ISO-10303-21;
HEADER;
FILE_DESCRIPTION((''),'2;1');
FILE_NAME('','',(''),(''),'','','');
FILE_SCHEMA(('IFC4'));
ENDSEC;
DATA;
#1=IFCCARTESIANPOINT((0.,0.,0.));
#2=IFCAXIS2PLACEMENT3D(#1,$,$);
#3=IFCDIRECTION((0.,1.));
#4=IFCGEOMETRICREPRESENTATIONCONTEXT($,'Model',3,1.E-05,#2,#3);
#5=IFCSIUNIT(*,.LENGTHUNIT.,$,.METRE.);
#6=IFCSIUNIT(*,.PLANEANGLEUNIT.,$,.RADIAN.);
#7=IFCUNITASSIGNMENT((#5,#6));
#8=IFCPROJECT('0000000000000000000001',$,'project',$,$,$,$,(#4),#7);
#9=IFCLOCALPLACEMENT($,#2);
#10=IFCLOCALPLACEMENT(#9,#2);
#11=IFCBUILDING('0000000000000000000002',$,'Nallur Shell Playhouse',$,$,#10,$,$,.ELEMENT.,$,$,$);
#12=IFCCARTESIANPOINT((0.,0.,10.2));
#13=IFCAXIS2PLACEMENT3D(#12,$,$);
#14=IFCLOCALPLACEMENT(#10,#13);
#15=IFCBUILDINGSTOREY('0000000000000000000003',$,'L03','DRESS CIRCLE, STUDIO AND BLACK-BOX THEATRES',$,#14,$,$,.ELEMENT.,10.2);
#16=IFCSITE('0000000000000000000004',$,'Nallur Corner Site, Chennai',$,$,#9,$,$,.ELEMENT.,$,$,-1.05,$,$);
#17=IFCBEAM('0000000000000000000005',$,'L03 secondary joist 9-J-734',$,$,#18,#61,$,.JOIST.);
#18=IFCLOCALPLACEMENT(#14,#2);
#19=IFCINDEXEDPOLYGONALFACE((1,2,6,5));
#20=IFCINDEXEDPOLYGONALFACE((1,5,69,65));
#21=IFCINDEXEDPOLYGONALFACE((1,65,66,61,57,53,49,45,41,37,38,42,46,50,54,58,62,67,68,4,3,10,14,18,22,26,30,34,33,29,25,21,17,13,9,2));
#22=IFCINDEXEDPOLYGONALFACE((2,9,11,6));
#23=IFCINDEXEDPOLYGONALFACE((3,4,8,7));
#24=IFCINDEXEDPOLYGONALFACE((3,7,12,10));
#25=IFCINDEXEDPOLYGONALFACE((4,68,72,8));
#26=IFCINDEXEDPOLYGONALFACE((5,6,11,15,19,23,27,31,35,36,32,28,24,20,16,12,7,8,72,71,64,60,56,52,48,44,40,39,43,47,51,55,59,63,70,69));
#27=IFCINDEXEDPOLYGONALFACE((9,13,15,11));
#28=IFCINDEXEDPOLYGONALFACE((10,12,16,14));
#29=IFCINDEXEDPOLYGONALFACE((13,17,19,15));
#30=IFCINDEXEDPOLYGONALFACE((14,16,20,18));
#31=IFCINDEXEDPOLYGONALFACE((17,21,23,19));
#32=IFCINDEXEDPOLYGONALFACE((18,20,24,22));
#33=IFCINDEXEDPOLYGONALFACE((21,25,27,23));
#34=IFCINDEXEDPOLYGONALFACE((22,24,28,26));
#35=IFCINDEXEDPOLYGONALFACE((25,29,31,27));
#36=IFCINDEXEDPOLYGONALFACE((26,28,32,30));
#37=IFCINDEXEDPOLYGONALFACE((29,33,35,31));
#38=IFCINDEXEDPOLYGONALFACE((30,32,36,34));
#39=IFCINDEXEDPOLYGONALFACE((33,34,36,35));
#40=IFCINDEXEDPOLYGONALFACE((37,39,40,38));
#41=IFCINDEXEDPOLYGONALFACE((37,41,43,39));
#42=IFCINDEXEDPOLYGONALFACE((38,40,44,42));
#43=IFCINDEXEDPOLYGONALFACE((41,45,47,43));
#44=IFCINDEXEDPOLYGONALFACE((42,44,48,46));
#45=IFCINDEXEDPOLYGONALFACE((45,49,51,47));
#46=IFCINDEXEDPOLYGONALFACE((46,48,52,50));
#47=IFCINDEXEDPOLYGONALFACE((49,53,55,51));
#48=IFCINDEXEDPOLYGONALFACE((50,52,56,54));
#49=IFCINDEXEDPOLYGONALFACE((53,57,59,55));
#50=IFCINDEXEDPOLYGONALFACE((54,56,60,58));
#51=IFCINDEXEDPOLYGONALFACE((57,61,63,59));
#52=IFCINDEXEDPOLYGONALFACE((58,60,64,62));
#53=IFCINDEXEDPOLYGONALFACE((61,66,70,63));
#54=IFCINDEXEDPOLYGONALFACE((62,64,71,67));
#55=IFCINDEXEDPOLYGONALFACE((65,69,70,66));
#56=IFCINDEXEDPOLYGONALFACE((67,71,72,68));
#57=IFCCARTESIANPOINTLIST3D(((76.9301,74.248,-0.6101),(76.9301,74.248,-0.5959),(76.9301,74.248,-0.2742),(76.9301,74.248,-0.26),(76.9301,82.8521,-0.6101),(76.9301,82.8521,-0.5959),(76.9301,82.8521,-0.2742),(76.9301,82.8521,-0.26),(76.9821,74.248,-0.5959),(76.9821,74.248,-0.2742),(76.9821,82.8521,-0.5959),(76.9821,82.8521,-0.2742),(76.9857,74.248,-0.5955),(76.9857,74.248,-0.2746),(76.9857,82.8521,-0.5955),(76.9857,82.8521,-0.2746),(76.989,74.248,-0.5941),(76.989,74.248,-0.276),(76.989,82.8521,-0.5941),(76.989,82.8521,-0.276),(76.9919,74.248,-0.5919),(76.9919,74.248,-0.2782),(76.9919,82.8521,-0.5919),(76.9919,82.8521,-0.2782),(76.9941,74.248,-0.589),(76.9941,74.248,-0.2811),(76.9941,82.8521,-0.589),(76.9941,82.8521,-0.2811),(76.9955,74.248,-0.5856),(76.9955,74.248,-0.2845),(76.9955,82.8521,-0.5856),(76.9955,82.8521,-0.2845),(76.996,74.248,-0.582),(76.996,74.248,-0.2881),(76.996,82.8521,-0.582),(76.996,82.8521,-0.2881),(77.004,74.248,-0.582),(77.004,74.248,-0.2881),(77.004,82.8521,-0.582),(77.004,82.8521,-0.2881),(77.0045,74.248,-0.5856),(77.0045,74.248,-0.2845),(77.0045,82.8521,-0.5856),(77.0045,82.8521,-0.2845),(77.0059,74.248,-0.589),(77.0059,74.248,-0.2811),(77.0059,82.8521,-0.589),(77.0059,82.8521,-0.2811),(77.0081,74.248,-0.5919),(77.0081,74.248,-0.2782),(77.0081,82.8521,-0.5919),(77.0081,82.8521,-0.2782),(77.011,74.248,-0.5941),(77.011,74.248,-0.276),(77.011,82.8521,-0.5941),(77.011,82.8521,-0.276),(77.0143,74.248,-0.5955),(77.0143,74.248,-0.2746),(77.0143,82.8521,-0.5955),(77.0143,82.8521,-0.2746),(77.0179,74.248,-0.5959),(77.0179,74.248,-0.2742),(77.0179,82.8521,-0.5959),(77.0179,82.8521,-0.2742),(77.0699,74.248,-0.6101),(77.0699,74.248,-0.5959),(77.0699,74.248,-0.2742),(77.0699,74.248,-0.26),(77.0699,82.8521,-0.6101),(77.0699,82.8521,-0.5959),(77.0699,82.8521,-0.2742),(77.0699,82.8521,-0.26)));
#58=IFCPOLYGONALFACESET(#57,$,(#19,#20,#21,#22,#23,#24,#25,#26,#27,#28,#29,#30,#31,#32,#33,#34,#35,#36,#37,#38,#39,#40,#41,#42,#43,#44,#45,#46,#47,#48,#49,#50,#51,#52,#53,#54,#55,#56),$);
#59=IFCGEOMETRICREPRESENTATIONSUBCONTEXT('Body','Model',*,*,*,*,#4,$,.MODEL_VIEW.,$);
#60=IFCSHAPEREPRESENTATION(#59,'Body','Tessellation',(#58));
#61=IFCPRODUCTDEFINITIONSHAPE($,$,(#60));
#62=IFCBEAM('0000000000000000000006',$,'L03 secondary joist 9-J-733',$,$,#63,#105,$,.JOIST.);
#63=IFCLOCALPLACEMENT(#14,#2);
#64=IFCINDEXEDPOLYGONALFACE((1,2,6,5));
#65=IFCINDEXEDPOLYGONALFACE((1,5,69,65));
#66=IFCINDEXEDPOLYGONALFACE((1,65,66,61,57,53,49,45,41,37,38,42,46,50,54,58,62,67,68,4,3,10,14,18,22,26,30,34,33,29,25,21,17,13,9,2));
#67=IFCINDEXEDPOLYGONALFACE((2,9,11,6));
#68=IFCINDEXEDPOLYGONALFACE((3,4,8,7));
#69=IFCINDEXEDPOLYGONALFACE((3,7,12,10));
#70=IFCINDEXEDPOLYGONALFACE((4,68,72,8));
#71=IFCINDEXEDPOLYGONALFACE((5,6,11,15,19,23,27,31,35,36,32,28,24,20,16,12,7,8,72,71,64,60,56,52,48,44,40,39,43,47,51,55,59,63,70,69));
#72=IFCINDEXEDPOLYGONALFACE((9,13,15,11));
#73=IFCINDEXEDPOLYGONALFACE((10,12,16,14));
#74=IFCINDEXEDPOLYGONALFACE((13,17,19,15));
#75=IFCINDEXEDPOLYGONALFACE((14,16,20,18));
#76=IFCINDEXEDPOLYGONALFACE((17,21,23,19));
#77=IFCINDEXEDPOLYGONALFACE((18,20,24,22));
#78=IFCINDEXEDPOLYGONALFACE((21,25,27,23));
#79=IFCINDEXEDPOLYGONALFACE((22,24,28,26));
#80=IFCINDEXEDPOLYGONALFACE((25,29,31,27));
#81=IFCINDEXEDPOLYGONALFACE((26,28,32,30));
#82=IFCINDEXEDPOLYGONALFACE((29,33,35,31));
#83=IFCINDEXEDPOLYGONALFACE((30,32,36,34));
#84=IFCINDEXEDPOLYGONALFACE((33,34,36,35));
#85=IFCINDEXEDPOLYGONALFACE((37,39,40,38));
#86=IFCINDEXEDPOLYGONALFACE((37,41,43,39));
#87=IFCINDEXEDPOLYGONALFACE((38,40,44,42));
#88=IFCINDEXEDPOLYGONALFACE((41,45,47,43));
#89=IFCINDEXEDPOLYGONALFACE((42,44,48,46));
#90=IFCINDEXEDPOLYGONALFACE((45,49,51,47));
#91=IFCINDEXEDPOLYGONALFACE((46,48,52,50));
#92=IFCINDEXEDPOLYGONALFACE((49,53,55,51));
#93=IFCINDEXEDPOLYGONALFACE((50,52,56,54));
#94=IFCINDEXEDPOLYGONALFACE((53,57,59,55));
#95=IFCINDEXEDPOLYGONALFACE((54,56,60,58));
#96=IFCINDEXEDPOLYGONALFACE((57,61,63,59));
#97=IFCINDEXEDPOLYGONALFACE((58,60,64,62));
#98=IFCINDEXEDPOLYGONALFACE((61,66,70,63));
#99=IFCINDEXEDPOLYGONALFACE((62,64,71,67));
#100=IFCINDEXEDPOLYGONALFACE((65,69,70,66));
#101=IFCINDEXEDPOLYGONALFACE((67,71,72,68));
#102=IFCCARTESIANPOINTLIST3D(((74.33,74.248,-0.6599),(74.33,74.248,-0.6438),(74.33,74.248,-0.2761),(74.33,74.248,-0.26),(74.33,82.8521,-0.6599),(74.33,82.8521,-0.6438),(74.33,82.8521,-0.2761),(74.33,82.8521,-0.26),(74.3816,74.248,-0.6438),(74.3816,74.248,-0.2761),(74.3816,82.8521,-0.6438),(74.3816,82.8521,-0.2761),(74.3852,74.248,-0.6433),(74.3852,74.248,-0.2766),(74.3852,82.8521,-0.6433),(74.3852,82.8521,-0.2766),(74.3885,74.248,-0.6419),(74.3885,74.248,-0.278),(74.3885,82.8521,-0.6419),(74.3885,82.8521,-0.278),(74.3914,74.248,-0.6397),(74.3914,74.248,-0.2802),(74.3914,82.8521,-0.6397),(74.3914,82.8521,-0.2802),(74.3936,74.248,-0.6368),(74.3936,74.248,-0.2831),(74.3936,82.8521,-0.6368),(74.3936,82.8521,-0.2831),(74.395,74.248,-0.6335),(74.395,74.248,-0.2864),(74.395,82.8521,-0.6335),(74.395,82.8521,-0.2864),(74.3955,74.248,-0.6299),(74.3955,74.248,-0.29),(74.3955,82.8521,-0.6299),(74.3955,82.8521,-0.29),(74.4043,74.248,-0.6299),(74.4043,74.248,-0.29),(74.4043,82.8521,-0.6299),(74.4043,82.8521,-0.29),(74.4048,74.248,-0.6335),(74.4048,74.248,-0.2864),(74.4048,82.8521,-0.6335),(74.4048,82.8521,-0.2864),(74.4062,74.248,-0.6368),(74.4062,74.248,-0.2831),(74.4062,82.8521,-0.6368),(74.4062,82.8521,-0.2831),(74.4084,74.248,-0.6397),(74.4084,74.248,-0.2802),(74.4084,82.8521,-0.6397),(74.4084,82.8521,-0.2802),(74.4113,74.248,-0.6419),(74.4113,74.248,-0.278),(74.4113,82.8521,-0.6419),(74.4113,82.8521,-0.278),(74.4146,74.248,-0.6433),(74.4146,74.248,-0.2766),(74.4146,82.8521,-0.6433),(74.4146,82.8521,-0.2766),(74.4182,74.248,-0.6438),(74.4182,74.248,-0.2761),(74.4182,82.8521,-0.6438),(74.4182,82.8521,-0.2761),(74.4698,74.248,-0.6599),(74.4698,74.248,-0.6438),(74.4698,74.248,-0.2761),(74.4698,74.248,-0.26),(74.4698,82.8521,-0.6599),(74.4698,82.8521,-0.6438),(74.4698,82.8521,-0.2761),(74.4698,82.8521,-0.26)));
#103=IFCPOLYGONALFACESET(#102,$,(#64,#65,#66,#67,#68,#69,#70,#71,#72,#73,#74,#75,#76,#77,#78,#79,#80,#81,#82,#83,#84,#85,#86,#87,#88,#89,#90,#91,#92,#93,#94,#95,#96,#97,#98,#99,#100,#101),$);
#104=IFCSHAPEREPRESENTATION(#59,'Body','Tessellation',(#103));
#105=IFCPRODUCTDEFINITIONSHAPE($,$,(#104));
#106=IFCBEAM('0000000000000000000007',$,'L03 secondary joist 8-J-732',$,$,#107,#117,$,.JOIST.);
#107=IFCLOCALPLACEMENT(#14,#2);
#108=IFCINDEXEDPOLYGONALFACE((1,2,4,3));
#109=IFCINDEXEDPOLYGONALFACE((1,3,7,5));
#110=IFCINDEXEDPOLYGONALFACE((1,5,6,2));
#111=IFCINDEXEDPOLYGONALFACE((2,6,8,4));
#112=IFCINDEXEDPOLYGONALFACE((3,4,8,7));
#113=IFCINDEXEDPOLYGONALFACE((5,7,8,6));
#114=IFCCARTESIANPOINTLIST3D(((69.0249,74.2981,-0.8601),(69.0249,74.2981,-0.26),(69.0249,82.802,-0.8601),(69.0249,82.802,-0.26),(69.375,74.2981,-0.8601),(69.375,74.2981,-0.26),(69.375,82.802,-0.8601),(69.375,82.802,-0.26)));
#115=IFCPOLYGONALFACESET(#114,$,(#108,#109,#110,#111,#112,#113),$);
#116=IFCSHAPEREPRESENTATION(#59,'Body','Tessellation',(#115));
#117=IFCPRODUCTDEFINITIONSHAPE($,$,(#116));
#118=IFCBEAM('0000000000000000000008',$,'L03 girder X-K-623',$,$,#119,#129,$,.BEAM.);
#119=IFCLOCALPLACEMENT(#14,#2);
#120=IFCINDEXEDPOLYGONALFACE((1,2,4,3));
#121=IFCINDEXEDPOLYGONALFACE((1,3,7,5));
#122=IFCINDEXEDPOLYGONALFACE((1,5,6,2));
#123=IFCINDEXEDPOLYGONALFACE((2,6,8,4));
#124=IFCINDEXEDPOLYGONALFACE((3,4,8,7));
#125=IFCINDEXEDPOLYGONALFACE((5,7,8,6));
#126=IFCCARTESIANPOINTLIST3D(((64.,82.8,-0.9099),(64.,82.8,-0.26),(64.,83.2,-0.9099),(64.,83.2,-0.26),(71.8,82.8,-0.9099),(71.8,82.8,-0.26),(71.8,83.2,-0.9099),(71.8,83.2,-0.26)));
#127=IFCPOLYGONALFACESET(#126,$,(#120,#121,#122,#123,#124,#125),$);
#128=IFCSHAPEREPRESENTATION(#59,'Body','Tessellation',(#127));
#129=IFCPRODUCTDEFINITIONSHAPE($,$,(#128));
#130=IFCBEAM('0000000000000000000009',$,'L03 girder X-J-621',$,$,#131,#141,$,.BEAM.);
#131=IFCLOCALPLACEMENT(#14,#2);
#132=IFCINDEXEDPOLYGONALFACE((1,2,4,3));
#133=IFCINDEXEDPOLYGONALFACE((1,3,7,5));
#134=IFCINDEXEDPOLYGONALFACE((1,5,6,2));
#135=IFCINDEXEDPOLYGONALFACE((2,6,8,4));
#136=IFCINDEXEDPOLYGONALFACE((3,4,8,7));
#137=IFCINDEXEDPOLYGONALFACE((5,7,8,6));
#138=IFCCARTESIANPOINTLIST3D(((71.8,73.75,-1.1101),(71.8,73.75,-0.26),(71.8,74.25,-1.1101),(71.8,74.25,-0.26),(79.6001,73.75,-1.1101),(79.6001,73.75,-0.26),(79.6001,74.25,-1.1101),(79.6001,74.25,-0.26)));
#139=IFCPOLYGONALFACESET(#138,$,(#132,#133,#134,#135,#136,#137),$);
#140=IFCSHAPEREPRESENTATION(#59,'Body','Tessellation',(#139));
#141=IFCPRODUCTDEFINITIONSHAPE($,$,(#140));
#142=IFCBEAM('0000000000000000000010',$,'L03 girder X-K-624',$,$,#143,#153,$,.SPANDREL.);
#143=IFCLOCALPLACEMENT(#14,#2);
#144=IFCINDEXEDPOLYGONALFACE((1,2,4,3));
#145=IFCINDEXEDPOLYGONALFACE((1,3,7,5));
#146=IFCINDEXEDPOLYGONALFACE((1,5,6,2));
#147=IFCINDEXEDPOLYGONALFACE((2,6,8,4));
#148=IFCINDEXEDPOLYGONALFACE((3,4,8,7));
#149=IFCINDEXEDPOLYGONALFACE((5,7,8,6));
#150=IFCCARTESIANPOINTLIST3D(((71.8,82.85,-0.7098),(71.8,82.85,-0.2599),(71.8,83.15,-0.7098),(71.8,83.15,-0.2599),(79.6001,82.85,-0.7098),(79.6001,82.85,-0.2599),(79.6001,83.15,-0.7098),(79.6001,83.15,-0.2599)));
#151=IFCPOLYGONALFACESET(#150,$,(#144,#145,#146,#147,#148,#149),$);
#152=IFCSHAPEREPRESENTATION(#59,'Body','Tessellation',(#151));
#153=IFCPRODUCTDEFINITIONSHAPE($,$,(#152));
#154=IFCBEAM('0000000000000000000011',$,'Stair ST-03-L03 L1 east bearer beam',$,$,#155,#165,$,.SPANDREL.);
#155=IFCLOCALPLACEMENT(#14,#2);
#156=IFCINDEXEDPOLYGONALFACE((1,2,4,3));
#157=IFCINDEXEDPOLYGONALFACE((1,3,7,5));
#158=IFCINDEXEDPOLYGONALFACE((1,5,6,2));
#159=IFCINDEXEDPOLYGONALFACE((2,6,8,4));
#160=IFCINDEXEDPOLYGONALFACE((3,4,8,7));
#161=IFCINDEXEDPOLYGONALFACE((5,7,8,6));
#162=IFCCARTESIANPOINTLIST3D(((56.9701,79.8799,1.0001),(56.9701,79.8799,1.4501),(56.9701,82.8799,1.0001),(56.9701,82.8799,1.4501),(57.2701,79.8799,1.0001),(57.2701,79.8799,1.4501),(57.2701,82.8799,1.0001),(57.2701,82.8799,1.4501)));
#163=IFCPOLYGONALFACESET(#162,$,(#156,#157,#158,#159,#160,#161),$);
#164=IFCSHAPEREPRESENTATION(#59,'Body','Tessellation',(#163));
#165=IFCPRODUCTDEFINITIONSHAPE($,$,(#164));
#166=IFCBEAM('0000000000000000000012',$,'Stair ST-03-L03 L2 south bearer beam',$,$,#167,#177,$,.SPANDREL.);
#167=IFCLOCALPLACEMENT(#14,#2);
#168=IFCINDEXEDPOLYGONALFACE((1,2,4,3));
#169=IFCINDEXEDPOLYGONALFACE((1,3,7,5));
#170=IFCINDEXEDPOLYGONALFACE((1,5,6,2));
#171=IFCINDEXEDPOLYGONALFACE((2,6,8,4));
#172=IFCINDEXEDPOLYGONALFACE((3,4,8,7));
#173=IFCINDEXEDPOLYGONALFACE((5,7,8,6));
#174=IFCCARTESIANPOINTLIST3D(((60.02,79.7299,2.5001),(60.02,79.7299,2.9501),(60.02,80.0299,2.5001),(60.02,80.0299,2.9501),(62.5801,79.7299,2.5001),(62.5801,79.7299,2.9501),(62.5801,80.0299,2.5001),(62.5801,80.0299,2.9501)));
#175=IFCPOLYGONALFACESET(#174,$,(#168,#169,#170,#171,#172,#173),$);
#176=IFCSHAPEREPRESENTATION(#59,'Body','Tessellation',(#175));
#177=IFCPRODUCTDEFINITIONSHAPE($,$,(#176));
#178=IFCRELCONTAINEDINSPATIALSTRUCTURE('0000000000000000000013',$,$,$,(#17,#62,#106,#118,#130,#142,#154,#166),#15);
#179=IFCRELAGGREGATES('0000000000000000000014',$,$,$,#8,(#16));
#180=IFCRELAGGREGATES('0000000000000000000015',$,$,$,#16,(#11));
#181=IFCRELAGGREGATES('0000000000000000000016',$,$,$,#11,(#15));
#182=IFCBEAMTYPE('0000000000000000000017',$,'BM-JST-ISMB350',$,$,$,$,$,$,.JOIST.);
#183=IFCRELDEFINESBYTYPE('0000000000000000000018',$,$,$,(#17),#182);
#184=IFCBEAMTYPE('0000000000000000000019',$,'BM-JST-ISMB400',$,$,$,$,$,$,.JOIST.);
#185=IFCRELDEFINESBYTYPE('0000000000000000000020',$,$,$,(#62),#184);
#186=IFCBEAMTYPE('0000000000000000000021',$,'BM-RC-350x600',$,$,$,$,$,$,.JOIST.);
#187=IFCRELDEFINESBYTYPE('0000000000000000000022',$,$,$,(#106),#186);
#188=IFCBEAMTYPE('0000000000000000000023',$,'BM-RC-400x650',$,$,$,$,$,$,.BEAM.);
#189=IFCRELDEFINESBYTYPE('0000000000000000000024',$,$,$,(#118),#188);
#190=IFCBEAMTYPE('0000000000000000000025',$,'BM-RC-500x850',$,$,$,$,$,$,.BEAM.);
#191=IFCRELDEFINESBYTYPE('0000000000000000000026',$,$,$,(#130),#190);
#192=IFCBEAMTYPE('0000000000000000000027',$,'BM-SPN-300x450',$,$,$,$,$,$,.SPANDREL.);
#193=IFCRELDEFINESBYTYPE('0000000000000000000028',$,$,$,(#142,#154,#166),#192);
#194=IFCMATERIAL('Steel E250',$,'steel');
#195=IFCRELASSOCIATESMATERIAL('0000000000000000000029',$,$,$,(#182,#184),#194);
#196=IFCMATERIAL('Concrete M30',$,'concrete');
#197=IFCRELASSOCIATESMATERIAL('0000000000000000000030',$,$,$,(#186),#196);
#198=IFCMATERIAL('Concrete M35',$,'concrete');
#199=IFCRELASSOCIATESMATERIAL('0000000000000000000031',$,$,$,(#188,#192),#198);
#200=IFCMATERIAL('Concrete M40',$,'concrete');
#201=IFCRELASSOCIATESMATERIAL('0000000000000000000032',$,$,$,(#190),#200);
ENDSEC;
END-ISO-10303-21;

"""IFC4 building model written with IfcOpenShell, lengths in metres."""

from ifc_helpers import new_model, si_unit, direction, frame, origin, origin_2d, place, context, subcontext, project, spatial, rectangle, i_section, extrude, material, material_profile, profile_set, type_object, element, save


model = new_model("IFC4")

# Units and contexts
model_context = context("Model", 3, precision=1e-05, world=origin(), true_north=direction((0.0, 1.0)))
body_context = subcontext(model_context, "Body", "Model", "MODEL_VIEW")
ifc_project = project(units=[si_unit("LENGTHUNIT", "METRE"), si_unit("PLANEANGLEUNIT", "RADIAN")], contexts=[model_context])

# Site, building, storey
site_placement = place(None, origin())
site = spatial("IfcSite", under=ifc_project, at=site_placement, Name="Nallur Corner Site, Chennai", CompositionType="ELEMENT", RefElevation=-1.05)
building_placement = place(site_placement, origin())
building = spatial("IfcBuilding", under=site, at=building_placement, Name="Nallur Shell Playhouse", CompositionType="ELEMENT")
storey_placement = place(building_placement, frame((0.0, 0.0, 10.2)))
storey = spatial("IfcBuildingStorey", under=building, at=storey_placement, Name="L03", Description="DRESS CIRCLE, STUDIO AND BLACK-BOX THEATRES", CompositionType="ELEMENT", Elevation=10.2)

# Beams
ifc_material_1 = material(Name="Steel E250", Category="steel")
ifc_material_profile_1 = material_profile(ifc_material_1, i_section(OverallWidth=0.1399, OverallDepth=0.3501, WebThickness=0.0081, FlangeThickness=0.0142, FilletRadius=0.0139, at=origin_2d()), Name="ISMB 350")
ifc_profile_set_1 = profile_set([ifc_material_profile_1], Name="Steel E250")
beam_type_1 = type_object("IfcBeamType", Name="BM-JST-ISMB350", PredefinedType="JOIST", material=ifc_profile_set_1)
beam_1_placement = place(storey_placement, frame((77.0, 74.248, -0.4351), z_axis=(0.0, 1.0, 0.0), x_axis=(-1.0, 0.0, 0.0)))
element("IfcBeam", 1, at=beam_1_placement, inside=storey, type_object=beam_type_1, Name="L03 secondary joist 9-J-734", PredefinedType="JOIST", context=body_context, shape_type="SweptSolid", body=[
    extrude(i_section(OverallWidth=0.1399, OverallDepth=0.3501, WebThickness=0.0081, FlangeThickness=0.0142, FilletRadius=0.0139, at=origin_2d()), origin(), (0.0, 0.0, 1.0), 8.604),
])
ifc_material_profile_2 = material_profile(ifc_material_1, i_section(OverallWidth=0.1399, OverallDepth=0.3999, WebThickness=0.0088, FlangeThickness=0.0161, FilletRadius=0.0139, at=origin_2d()), Name="ISMB 400")
ifc_profile_set_2 = profile_set([ifc_material_profile_2], Name="Steel E250")
beam_type_2 = type_object("IfcBeamType", Name="BM-JST-ISMB400", PredefinedType="JOIST", material=ifc_profile_set_2)
beam_2_placement = place(storey_placement, frame((74.3999, 74.248, -0.46), z_axis=(0.0, 1.0, 0.0), x_axis=(-1.0, 0.0, 0.0)))
element("IfcBeam", 2, at=beam_2_placement, inside=storey, type_object=beam_type_2, Name="L03 secondary joist 9-J-733", PredefinedType="JOIST", context=body_context, shape_type="SweptSolid", body=[
    extrude(i_section(OverallWidth=0.1399, OverallDepth=0.3999, WebThickness=0.0088, FlangeThickness=0.0161, FilletRadius=0.0139, at=origin_2d()), origin(), (0.0, 0.0, 1.0), 8.604),
])
ifc_material_2 = material(Name="Concrete M30", Category="concrete")
ifc_material_profile_3 = material_profile(ifc_material_2, rectangle(XDim=0.3501, YDim=0.6001, at=origin_2d()), Name="RC 350x600")
ifc_profile_set_3 = profile_set([ifc_material_profile_3], Name="Concrete M30")
beam_type_3 = type_object("IfcBeamType", Name="BM-RC-350x600", PredefinedType="JOIST", material=ifc_profile_set_3)
beam_3_placement = place(storey_placement, frame((69.2, 74.2981, -0.5601), z_axis=(0.0, 1.0, 0.0), x_axis=(-1.0, 0.0, 0.0)))
element("IfcBeam", 3, at=beam_3_placement, inside=storey, type_object=beam_type_3, Name="L03 secondary joist 8-J-732", PredefinedType="JOIST", context=body_context, shape_type="SweptSolid", body=[
    extrude(rectangle(XDim=0.3501, YDim=0.6001, at=origin_2d()), origin(), (0.0, 0.0, 1.0), 8.5039),
])
ifc_material_3 = material(Name="Concrete M35", Category="concrete")
ifc_material_profile_4 = material_profile(ifc_material_3, rectangle(XDim=0.3999, YDim=0.6499, at=origin_2d()), Name="RC 400x650")
ifc_profile_set_4 = profile_set([ifc_material_profile_4], Name="Concrete M35")
beam_type_4 = type_object("IfcBeamType", Name="BM-RC-400x650", PredefinedType="BEAM", material=ifc_profile_set_4)
beam_4_placement = place(storey_placement, frame((64.0, 83.0, -0.585), z_axis=(1.0, 0.0, 0.0), x_axis=(0.0, 1.0, 0.0)))
element("IfcBeam", 4, at=beam_4_placement, inside=storey, type_object=beam_type_4, Name="L03 girder X-K-623", PredefinedType="BEAM", context=body_context, shape_type="SweptSolid", body=[
    extrude(rectangle(XDim=0.3999, YDim=0.6499, at=origin_2d()), origin(), (0.0, 0.0, 1.0), 7.8),
])
ifc_material_4 = material(Name="Concrete M40", Category="concrete")
ifc_material_profile_5 = material_profile(ifc_material_4, rectangle(XDim=0.5, YDim=0.8501, at=origin_2d()), Name="RC 500x850")
ifc_profile_set_5 = profile_set([ifc_material_profile_5], Name="Concrete M40")
beam_type_5 = type_object("IfcBeamType", Name="BM-RC-500x850", PredefinedType="BEAM", material=ifc_profile_set_5)
beam_5_placement = place(storey_placement, frame((71.8, 74.0, -0.6851), z_axis=(1.0, 0.0, 0.0), x_axis=(0.0, 1.0, 0.0)))
element("IfcBeam", 5, at=beam_5_placement, inside=storey, type_object=beam_type_5, Name="L03 girder X-J-621", PredefinedType="BEAM", context=body_context, shape_type="SweptSolid", body=[
    extrude(rectangle(XDim=0.5, YDim=0.8501, at=origin_2d()), origin(), (0.0, 0.0, 1.0), 7.8),
])
ifc_material_profile_6 = material_profile(ifc_material_3, rectangle(XDim=0.3, YDim=0.45, at=origin_2d()), Name="RC 300x450")
ifc_profile_set_6 = profile_set([ifc_material_profile_6], Name="Concrete M35")
beam_type_6 = type_object("IfcBeamType", Name="BM-SPN-300x450", PredefinedType="SPANDREL", material=ifc_profile_set_6)
beam_6_placement = place(storey_placement, frame((71.8, 83.0, -0.4849), z_axis=(1.0, 0.0, 0.0), x_axis=(0.0, 1.0, 0.0)))
element("IfcBeam", 6, at=beam_6_placement, inside=storey, type_object=beam_type_6, Name="L03 girder X-K-624", PredefinedType="SPANDREL", context=body_context, shape_type="SweptSolid", body=[
    extrude(rectangle(XDim=0.3, YDim=0.45, at=origin_2d()), origin(), (0.0, 0.0, 1.0), 7.8),
])
beam_7_placement = place(storey_placement, frame((57.1201, 79.8799, 1.2251), z_axis=(0.0, 1.0, 0.0), x_axis=(-1.0, 0.0, 0.0)))
element("IfcBeam", 7, at=beam_7_placement, inside=storey, type_object=beam_type_6, Name="Stair ST-03-L03 L1 east bearer beam", PredefinedType="SPANDREL", context=body_context, shape_type="SweptSolid", body=[
    extrude(rectangle(XDim=0.3, YDim=0.45, at=origin_2d()), origin(), (0.0, 0.0, 1.0), 3.0),
])
beam_8_placement = place(storey_placement, frame((60.02, 79.8799, 2.7251), z_axis=(1.0, 0.0, 0.0), x_axis=(0.0, 1.0, 0.0)))
element("IfcBeam", 8, at=beam_8_placement, inside=storey, type_object=beam_type_6, Name="Stair ST-03-L03 L2 south bearer beam", PredefinedType="SPANDREL", context=body_context, shape_type="SweptSolid", body=[
    extrude(rectangle(XDim=0.3, YDim=0.45, at=origin_2d()), origin(), (0.0, 0.0, 1.0), 2.5601),
])

save(model, "model.ifc")
